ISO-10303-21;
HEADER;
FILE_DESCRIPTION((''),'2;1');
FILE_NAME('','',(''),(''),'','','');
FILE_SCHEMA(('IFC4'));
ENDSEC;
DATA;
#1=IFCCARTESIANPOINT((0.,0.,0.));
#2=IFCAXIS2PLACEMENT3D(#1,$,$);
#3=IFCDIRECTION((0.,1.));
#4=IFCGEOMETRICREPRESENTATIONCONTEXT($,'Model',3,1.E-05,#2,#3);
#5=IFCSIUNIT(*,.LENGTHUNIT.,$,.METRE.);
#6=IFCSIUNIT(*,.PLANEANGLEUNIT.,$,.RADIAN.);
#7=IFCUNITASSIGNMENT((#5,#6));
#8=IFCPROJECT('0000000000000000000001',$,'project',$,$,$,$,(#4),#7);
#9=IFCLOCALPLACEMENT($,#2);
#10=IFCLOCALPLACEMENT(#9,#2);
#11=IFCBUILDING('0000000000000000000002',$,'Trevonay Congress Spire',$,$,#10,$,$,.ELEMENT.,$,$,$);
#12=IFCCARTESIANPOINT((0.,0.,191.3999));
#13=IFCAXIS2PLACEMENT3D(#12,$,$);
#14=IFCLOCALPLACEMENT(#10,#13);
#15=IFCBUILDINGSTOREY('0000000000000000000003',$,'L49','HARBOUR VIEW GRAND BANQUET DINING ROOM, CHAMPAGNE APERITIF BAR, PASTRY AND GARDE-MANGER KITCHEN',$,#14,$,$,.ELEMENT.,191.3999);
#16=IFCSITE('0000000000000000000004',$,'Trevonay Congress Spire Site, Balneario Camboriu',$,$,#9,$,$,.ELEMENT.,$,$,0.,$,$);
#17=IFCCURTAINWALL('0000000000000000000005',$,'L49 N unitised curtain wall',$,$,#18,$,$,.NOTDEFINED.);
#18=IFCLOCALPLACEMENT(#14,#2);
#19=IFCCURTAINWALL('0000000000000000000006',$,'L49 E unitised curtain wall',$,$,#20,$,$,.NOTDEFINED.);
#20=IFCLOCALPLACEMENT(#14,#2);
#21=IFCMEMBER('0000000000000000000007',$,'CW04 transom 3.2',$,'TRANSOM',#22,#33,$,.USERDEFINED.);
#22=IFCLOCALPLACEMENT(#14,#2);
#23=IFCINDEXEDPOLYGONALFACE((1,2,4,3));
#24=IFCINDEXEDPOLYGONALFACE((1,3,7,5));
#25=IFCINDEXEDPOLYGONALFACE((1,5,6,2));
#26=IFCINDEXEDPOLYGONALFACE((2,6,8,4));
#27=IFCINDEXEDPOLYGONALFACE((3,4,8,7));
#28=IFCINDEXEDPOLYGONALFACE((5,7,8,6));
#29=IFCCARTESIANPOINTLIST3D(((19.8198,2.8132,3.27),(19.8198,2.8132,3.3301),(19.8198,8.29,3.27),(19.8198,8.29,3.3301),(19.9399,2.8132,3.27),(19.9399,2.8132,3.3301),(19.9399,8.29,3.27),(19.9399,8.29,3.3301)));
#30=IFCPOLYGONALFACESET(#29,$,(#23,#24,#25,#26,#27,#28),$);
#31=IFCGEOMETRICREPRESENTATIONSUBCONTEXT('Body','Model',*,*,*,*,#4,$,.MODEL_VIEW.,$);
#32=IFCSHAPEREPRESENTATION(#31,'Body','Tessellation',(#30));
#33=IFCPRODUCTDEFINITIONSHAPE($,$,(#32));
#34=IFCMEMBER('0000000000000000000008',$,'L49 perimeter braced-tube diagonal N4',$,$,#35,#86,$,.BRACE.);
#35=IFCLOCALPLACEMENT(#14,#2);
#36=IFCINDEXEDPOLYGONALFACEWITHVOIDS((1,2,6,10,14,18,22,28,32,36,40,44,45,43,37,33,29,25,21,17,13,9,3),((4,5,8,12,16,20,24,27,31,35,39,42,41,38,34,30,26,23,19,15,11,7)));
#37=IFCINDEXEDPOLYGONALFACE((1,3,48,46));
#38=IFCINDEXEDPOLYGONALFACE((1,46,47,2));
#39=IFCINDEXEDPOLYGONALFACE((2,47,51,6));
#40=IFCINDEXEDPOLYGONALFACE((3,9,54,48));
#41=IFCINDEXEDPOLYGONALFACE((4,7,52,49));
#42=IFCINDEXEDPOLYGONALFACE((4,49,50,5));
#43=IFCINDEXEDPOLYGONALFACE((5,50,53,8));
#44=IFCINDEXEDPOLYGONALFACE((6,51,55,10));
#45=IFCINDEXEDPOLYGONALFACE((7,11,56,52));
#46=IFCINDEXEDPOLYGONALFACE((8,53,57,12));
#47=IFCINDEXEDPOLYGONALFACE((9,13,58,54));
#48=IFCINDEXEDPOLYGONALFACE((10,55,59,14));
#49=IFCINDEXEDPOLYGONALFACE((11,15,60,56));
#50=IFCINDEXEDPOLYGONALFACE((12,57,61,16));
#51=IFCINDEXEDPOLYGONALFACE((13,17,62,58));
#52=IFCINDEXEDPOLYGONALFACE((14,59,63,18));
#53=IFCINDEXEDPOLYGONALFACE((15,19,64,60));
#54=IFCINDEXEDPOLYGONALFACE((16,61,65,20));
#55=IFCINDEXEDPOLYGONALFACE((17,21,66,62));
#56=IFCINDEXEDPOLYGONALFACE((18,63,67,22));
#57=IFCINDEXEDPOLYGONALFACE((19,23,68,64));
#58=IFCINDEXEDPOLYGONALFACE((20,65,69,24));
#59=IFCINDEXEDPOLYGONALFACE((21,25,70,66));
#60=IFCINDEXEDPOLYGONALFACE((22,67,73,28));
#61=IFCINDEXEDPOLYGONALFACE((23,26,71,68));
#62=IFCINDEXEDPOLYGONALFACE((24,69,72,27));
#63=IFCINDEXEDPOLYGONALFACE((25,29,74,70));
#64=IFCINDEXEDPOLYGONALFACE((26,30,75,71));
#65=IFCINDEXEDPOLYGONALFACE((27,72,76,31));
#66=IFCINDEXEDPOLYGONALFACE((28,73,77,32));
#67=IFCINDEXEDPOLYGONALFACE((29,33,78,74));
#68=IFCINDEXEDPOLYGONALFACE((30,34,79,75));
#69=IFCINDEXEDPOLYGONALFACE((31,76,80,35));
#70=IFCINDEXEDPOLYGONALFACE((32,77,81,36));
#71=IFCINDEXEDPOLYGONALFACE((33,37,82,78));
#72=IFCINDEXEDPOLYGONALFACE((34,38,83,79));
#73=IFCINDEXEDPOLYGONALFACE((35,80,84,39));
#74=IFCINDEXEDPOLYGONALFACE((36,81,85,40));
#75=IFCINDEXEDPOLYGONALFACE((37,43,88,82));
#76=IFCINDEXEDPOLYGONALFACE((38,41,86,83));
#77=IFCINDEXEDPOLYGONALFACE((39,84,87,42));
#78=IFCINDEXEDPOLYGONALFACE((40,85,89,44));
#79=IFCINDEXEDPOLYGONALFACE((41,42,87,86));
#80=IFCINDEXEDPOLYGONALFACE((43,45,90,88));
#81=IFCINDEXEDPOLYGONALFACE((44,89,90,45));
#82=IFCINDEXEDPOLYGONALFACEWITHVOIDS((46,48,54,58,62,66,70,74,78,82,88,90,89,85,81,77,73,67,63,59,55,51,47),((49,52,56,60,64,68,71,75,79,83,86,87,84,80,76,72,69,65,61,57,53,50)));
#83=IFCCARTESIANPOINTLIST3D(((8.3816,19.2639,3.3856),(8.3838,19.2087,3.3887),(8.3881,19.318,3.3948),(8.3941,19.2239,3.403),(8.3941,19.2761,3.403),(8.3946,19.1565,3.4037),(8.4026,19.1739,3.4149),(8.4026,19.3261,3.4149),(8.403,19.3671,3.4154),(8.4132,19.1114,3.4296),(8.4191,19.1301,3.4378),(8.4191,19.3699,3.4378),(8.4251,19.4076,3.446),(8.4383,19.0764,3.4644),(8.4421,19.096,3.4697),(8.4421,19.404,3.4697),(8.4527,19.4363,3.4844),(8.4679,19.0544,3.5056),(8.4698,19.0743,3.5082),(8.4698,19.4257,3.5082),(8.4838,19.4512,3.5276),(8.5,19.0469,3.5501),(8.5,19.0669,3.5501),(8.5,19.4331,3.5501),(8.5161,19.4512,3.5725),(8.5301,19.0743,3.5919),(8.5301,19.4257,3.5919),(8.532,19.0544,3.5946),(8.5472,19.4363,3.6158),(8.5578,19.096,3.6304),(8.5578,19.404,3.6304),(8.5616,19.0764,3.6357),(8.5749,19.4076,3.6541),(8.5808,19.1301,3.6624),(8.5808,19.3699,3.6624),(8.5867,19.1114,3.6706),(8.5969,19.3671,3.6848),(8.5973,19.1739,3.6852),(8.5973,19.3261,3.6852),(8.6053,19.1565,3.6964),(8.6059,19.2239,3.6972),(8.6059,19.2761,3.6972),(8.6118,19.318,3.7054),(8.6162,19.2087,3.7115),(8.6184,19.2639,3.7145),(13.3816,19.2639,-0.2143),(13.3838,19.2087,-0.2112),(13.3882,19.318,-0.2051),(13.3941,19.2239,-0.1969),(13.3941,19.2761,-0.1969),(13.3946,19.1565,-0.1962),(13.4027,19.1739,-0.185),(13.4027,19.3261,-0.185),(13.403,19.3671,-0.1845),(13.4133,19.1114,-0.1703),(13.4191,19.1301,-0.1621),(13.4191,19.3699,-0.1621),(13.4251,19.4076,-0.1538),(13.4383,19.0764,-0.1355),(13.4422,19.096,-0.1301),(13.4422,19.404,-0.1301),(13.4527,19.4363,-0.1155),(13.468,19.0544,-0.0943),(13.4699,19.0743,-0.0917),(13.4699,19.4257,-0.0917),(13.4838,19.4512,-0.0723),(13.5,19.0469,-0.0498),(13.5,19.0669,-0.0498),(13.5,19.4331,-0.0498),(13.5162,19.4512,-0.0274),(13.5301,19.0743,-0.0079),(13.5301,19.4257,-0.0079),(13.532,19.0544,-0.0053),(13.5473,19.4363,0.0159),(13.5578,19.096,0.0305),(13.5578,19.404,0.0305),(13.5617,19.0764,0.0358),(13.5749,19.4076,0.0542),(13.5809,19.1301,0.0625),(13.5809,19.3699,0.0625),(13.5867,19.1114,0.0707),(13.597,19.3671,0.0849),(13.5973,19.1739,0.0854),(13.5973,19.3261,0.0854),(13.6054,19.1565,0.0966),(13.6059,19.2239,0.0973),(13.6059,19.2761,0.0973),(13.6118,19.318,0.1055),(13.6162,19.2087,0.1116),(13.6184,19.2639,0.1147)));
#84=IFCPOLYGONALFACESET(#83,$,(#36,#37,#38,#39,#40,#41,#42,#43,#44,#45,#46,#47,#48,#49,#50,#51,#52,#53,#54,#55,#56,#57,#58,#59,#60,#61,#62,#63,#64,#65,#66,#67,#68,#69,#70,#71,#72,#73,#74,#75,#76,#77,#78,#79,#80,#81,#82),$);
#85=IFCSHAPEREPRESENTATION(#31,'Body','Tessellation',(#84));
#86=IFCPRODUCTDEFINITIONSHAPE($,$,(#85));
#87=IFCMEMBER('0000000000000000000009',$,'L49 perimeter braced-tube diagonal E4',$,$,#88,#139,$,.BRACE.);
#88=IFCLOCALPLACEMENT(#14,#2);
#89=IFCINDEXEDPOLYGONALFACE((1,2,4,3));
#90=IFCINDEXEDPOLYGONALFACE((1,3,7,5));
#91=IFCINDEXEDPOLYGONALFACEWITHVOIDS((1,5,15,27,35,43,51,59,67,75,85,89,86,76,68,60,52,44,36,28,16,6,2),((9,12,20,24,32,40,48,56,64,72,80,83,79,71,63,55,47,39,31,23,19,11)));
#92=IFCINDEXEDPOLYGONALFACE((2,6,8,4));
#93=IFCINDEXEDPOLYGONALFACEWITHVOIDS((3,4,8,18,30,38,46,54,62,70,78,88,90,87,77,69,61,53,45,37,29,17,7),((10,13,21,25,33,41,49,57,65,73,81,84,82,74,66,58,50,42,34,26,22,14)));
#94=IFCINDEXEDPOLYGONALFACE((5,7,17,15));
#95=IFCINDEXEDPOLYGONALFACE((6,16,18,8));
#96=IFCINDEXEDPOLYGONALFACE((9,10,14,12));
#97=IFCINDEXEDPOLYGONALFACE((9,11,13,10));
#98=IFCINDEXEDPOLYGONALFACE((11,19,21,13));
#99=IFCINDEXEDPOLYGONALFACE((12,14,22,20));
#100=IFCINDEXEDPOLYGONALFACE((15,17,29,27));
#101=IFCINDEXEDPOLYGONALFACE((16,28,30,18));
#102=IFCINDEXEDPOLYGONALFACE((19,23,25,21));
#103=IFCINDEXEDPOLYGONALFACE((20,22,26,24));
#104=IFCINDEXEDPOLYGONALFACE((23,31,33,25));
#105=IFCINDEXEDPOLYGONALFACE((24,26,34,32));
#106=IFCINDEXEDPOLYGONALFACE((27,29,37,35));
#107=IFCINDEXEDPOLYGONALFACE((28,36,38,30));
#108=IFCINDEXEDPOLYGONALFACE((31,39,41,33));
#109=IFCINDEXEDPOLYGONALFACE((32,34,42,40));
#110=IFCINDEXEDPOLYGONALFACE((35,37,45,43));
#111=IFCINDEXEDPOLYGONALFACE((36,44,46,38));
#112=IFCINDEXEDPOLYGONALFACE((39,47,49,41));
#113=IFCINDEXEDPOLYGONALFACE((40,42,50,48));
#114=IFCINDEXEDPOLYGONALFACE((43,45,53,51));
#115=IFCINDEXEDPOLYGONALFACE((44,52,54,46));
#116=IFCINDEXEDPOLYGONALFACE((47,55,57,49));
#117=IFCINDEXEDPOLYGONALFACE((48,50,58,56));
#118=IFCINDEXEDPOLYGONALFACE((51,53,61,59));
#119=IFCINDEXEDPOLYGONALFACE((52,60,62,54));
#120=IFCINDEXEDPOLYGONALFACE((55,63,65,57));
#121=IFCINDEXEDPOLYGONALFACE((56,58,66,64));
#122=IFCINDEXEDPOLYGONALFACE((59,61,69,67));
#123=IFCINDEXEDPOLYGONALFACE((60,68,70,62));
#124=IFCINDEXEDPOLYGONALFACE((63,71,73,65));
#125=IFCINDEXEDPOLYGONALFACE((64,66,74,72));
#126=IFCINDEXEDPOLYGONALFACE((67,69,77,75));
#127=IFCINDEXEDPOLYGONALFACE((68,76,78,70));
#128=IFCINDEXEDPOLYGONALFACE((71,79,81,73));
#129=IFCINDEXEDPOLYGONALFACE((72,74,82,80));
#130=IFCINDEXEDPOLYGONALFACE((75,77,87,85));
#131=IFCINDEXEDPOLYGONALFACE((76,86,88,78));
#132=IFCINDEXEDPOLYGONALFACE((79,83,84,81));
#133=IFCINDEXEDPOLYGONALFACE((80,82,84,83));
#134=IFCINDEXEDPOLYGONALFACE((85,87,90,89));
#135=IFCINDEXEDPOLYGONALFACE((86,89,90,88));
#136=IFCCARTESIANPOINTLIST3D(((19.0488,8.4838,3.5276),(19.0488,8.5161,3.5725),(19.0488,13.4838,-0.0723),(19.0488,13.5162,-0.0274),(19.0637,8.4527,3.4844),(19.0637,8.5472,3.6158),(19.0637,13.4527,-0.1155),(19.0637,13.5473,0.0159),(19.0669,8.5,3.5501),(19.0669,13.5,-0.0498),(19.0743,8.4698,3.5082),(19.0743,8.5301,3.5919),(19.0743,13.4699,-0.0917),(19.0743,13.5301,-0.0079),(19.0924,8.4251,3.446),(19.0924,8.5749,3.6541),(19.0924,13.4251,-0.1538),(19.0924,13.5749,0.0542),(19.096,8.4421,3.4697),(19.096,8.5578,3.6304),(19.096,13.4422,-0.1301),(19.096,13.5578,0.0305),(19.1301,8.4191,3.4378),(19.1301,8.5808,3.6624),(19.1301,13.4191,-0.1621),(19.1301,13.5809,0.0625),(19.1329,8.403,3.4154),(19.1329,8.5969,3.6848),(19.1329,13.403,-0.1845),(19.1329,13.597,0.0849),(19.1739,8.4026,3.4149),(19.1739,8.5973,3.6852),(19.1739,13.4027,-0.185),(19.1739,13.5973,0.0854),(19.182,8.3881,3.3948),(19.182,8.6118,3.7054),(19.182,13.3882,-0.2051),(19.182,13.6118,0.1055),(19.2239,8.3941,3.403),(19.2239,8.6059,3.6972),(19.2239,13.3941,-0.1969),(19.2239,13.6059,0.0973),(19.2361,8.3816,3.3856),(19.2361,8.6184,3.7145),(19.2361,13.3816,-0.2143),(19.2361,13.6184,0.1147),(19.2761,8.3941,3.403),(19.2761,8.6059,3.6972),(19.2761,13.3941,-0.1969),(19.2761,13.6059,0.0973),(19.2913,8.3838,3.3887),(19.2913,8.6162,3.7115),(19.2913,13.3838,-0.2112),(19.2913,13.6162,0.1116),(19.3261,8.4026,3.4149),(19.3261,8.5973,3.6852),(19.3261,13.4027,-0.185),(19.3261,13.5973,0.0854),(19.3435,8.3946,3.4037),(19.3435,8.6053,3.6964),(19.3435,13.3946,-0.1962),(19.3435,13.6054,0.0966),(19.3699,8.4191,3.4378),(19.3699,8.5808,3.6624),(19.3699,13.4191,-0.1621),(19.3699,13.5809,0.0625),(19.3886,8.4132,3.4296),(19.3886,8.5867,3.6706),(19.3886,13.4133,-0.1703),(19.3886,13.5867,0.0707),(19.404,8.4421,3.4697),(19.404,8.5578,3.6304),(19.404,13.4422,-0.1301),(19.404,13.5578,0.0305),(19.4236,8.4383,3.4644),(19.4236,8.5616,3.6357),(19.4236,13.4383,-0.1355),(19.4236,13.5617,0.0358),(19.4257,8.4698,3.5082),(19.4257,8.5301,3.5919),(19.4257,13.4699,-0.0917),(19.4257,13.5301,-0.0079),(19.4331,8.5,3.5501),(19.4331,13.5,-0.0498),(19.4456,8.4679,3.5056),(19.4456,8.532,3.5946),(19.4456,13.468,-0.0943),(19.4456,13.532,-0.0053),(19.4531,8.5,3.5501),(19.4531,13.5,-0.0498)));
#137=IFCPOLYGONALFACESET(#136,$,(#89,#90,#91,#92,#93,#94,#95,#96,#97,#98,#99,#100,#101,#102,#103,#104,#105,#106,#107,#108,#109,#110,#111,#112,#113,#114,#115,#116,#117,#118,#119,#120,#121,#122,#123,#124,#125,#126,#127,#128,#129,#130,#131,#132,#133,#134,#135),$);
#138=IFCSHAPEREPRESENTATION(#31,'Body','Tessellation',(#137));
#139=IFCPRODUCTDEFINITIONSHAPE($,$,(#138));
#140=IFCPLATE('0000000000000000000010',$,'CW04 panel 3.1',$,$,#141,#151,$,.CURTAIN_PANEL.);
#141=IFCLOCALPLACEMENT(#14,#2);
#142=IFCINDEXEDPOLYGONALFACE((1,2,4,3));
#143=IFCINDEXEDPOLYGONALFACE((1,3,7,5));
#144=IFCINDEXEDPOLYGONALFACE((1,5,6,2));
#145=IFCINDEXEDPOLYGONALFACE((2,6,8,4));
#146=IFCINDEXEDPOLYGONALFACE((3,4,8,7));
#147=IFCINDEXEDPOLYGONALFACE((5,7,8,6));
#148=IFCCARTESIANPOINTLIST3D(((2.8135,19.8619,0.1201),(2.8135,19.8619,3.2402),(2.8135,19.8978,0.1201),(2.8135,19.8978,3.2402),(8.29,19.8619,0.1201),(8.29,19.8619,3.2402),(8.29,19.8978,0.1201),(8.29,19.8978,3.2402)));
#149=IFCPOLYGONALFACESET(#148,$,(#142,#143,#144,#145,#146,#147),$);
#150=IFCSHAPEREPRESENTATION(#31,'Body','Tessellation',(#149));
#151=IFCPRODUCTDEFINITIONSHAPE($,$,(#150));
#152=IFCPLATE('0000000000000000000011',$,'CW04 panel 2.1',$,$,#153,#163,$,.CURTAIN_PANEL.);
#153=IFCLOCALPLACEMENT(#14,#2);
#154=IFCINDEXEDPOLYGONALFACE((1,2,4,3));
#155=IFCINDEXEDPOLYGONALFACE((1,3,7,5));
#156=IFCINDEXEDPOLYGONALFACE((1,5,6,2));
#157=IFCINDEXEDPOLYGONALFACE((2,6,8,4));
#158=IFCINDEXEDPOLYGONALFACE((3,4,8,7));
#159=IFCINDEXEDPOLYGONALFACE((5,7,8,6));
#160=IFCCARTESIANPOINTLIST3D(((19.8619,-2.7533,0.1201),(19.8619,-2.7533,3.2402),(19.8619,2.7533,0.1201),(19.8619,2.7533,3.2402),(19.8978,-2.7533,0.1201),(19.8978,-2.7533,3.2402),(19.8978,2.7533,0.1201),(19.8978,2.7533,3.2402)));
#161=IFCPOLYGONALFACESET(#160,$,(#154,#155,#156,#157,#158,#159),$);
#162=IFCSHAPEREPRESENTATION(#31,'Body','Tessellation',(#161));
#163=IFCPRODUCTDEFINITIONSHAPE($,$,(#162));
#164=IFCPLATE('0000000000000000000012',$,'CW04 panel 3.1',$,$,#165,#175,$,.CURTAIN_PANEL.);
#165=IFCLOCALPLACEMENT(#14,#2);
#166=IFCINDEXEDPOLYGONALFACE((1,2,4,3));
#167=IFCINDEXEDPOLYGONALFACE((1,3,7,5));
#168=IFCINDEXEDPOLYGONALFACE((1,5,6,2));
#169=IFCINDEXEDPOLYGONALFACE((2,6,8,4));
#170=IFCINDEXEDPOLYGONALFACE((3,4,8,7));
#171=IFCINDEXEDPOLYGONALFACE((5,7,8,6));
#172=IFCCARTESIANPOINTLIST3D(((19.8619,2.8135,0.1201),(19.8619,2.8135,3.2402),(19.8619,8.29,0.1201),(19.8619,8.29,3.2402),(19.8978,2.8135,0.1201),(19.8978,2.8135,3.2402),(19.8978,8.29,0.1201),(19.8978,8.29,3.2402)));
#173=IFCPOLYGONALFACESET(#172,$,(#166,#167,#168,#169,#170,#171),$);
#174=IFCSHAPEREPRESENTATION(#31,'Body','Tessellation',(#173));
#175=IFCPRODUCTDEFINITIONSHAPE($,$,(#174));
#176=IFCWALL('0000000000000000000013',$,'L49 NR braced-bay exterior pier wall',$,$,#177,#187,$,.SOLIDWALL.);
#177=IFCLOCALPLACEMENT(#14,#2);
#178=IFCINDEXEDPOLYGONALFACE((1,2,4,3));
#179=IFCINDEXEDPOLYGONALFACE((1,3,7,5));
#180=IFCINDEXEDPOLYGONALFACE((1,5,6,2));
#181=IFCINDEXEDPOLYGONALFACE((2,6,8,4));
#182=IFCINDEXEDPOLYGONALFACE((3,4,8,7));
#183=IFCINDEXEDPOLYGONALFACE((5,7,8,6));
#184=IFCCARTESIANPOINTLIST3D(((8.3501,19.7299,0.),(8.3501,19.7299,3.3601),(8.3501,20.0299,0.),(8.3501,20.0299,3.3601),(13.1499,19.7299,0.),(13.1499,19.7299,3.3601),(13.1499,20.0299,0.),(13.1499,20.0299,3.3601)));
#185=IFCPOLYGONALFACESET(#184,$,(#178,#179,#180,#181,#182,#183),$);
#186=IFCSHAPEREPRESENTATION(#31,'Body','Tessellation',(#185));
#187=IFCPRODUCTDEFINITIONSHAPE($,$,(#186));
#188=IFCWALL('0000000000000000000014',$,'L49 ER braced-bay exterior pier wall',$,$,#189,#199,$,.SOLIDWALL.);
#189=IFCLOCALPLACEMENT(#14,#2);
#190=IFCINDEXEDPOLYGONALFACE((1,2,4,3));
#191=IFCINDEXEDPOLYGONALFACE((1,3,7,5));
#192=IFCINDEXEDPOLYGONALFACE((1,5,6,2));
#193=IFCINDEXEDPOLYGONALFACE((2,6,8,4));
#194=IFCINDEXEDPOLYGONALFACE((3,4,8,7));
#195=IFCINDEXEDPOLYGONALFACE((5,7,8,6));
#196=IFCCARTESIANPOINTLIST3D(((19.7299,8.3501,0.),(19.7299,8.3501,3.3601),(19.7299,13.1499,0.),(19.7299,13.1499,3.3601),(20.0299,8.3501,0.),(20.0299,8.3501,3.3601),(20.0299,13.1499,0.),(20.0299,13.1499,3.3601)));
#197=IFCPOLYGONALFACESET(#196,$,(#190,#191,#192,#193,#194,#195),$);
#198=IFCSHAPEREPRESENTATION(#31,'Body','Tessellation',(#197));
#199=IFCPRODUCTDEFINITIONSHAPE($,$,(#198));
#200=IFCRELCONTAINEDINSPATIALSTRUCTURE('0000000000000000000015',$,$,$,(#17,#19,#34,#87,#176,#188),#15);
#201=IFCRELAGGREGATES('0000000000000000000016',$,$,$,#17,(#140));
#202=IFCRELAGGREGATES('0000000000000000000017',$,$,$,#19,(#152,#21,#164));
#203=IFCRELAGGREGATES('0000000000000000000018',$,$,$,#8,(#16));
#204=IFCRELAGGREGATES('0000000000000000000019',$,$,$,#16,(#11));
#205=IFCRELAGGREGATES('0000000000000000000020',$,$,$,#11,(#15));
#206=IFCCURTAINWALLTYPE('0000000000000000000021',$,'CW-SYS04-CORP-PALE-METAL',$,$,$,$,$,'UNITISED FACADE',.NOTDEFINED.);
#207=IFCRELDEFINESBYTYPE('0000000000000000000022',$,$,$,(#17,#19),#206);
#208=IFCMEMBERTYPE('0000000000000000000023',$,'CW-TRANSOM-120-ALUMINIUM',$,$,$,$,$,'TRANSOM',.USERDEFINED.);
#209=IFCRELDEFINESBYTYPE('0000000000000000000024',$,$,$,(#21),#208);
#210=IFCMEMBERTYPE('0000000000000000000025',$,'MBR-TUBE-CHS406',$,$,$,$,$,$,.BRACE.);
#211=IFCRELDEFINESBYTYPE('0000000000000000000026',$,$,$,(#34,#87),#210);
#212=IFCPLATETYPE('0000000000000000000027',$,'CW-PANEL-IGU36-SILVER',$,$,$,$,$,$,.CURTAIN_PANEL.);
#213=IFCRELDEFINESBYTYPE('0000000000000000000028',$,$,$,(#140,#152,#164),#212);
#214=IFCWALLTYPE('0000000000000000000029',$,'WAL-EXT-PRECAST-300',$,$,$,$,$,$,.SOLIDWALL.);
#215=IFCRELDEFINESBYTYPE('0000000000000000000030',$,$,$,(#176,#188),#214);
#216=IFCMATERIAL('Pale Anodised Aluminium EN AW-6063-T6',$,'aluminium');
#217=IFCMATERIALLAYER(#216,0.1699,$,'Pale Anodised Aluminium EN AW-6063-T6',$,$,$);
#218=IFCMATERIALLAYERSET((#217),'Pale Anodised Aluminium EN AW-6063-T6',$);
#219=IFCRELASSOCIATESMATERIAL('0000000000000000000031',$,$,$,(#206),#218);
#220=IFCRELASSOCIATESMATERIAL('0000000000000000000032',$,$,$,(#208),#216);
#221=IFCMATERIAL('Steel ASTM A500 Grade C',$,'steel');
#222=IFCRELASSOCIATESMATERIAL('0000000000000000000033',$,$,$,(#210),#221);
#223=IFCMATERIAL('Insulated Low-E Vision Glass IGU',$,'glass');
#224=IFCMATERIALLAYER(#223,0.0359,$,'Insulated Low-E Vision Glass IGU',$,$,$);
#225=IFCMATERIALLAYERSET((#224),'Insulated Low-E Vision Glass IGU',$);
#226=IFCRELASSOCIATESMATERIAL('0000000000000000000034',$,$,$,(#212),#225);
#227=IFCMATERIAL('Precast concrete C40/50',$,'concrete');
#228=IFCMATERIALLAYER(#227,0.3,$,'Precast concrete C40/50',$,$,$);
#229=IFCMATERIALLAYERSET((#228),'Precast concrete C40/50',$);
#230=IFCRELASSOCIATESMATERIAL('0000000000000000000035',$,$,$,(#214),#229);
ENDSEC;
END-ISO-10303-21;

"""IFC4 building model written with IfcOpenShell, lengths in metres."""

from ifc_helpers import new_model, si_unit, direction, frame, frame_2d, origin, origin_2d, place, context, subcontext, project, spatial, rectangle, hollow_circle, extrude, material, layer, layer_set, material_profile, profile_set, type_object, element, aggregate, save


model = new_model("IFC4")

# Units and contexts
model_context = context("Model", 3, precision=1e-05, world=origin(), true_north=direction((0.0, 1.0)))
body_context = subcontext(model_context, "Body", "Model", "MODEL_VIEW")
ifc_project = project(units=[si_unit("LENGTHUNIT", "METRE"), si_unit("PLANEANGLEUNIT", "RADIAN")], contexts=[model_context])

# Site, building, storey
site_placement = place(None, origin())
site = spatial("IfcSite", under=ifc_project, at=site_placement, Name="Trevonay Congress Spire Site, Balneario Camboriu", CompositionType="ELEMENT", RefElevation=0.0)
building_placement = place(site_placement, origin())
building = spatial("IfcBuilding", under=site, at=building_placement, Name="Trevonay Congress Spire", CompositionType="ELEMENT")
storey_placement = place(building_placement, frame((0.0, 0.0, 191.3999)))
storey = spatial("IfcBuildingStorey", under=building, at=storey_placement, Name="L49", Description="HARBOUR VIEW GRAND BANQUET DINING ROOM, CHAMPAGNE APERITIF BAR, PASTRY AND GARDE-MANGER KITCHEN", CompositionType="ELEMENT", Elevation=191.3999)

# Curtain wall
ifc_material_1 = material(Name="Pale Anodised Aluminium EN AW-6063-T6", Category="aluminium")
ifc_layer_1 = layer(ifc_material_1, 0.1699, Name="Pale Anodised Aluminium EN AW-6063-T6")
ifc_layer_set_1 = layer_set([ifc_layer_1], Name="Pale Anodised Aluminium EN AW-6063-T6")
curtain_wall_type = type_object("IfcCurtainWallType", Name="CW-SYS04-CORP-PALE-METAL", ElementType="UNITISED FACADE", PredefinedType="NOTDEFINED", material=ifc_layer_set_1)
curtain_wall_1_placement = place(storey_placement, origin())
curtain_wall_1 = element("IfcCurtainWall", 1, at=curtain_wall_1_placement, inside=storey, type_object=curtain_wall_type, Name="L49 N unitised curtain wall", PredefinedType="NOTDEFINED")

# Curtain wall, member
curtain_wall_2_placement = place(storey_placement, origin())
curtain_wall_2 = element("IfcCurtainWall", 2, at=curtain_wall_2_placement, inside=storey, type_object=curtain_wall_type, Name="L49 E unitised curtain wall", PredefinedType="NOTDEFINED")
ifc_material_profile_1 = material_profile(ifc_material_1, rectangle(XDim=0.1201, YDim=0.0601, at=origin_2d()), Name="CW-TRANSOM-120-ALUMINIUM")
ifc_profile_set_1 = profile_set([ifc_material_profile_1], Name="Pale Anodised Aluminium EN AW-6063-T6")
member_type_1 = type_object("IfcMemberType", Name="CW-TRANSOM-120-ALUMINIUM", ElementType="TRANSOM", PredefinedType="USERDEFINED", material=ifc_profile_set_1)
member_1_placement = place(storey_placement, frame((19.8799, 2.8132, 3.3), z_axis=(0.0, 1.0, 0.0), x_axis=(-1.0, 0.0, 0.0)))
member_1 = element("IfcMember", 3, at=member_1_placement, type_object=member_type_1, Name="CW04 transom 3.2", ObjectType="TRANSOM", PredefinedType="USERDEFINED", context=body_context, shape_type="SweptSolid", body=[
    extrude(rectangle(XDim=0.1201, YDim=0.0601, at=origin_2d()), origin(), (0.0, 0.0, 1.0), 5.4768),
])

# Members
ifc_material_2 = material(Name="Steel ASTM A500 Grade C", Category="steel")
ifc_material_profile_2 = material_profile(ifc_material_2, hollow_circle(Radius=0.2031, WallThickness=0.02, at=origin_2d()), Name="CHS 406.4x20")
ifc_profile_set_2 = profile_set([ifc_material_profile_2], Name="Steel ASTM A500 Grade C")
member_type_2 = type_object("IfcMemberType", Name="MBR-TUBE-CHS406", PredefinedType="BRACE", material=ifc_profile_set_2)
for number, where, z_axis, x_axis, name in (
    (4, (13.5, 19.25, -0.0498), (-0.811546, 0.0, 0.584289), (0.0, -1.0, 0.0), "L49 perimeter braced-tube diagonal N4"),
    (5, (19.25, 13.5, -0.0498), (0.0, -0.811546, 0.584289), (1.0, 0.0, 0.0), "L49 perimeter braced-tube diagonal E4"),
):
    element("IfcMember", number, at=place(storey_placement, frame(where, z_axis=z_axis, x_axis=x_axis)), inside=storey, type_object=member_type_2, Name=name, PredefinedType="BRACE", context=body_context, shape_type="SweptSolid", body=[
        extrude(hollow_circle(Radius=0.2031, WallThickness=0.02, at=origin_2d()), origin(), (0.0, 0.0, 1.0), 6.1611),
    ])

# Plates
ifc_material_3 = material(Name="Insulated Low-E Vision Glass IGU", Category="glass")
ifc_layer_2 = layer(ifc_material_3, 0.0359, Name="Insulated Low-E Vision Glass IGU")
ifc_layer_set_2 = layer_set([ifc_layer_2], Name="Insulated Low-E Vision Glass IGU")
plate_type = type_object("IfcPlateType", Name="CW-PANEL-IGU36-SILVER", PredefinedType="CURTAIN_PANEL", material=ifc_layer_set_2)
plate_1_placement = place(storey_placement, frame((5.5518, 19.8799, 0.1201), z_axis=(0.0, 0.0, 1.0), x_axis=(1.0, 0.0, 0.0)))
plate_1 = element("IfcPlate", 6, at=plate_1_placement, type_object=plate_type, Name="CW04 panel 3.1", PredefinedType="CURTAIN_PANEL", context=body_context, shape_type="SweptSolid", body=[
    extrude(rectangle(XDim=5.4766, YDim=0.0359, at=origin_2d()), origin(), (0.0, 0.0, 1.0), 3.1201),
])
aggregate(curtain_wall_1, [plate_1])
plate_2_placement = place(storey_placement, frame((19.8799, 0.0, 0.1201), z_axis=(0.0, 0.0, 1.0), x_axis=(0.0, 1.0, 0.0)))
plate_2 = element("IfcPlate", 7, at=plate_2_placement, type_object=plate_type, Name="CW04 panel 2.1", PredefinedType="CURTAIN_PANEL", context=body_context, shape_type="SweptSolid", body=[
    extrude(rectangle(XDim=5.5066, YDim=0.0359, at=origin_2d()), origin(), (0.0, 0.0, 1.0), 3.1201),
])
plate_3_placement = place(storey_placement, frame((19.8799, 5.5518, 0.1201), z_axis=(0.0, 0.0, 1.0), x_axis=(0.0, 1.0, 0.0)))
plate_3 = element("IfcPlate", 8, at=plate_3_placement, type_object=plate_type, Name="CW04 panel 3.1", PredefinedType="CURTAIN_PANEL", context=body_context, shape_type="SweptSolid", body=[
    extrude(rectangle(XDim=5.4766, YDim=0.0359, at=origin_2d()), origin(), (0.0, 0.0, 1.0), 3.1201),
])
aggregate(curtain_wall_2, [plate_2, member_1, plate_3])

# Walls
ifc_material_4 = material(Name="Precast concrete C40/50", Category="concrete")
ifc_layer_3 = layer(ifc_material_4, 0.3, Name="Precast concrete C40/50")
ifc_layer_set_3 = layer_set([ifc_layer_3], Name="Precast concrete C40/50")
wall_type_1 = type_object("IfcWallType", Name="WAL-EXT-PRECAST-300", PredefinedType="SOLIDWALL", material=ifc_layer_set_3)
for number, where, z_axis, x_axis, name in (
    (9, (8.3501, 19.8799, 0.0), (0.0, 0.0, 1.0), (1.0, 0.0, 0.0), "L49 NR braced-bay exterior pier wall"),
    (10, (19.8799, 8.3501, 0.0), (0.0, 0.0, 1.0), (0.0, 1.0, 0.0), "L49 ER braced-bay exterior pier wall"),
):
    element("IfcWall", number, at=place(storey_placement, frame(where, z_axis=z_axis, x_axis=x_axis)), inside=storey, type_object=wall_type_1, Name=name, PredefinedType="SOLIDWALL", context=body_context, shape_type="SweptSolid", body=[
        extrude(rectangle(XDim=4.7998, YDim=0.3, at=frame_2d((2.3999, 0.0))), origin(), (0.0, 0.0, 1.0), 3.3601),
    ])

save(model, "model.ifc")
